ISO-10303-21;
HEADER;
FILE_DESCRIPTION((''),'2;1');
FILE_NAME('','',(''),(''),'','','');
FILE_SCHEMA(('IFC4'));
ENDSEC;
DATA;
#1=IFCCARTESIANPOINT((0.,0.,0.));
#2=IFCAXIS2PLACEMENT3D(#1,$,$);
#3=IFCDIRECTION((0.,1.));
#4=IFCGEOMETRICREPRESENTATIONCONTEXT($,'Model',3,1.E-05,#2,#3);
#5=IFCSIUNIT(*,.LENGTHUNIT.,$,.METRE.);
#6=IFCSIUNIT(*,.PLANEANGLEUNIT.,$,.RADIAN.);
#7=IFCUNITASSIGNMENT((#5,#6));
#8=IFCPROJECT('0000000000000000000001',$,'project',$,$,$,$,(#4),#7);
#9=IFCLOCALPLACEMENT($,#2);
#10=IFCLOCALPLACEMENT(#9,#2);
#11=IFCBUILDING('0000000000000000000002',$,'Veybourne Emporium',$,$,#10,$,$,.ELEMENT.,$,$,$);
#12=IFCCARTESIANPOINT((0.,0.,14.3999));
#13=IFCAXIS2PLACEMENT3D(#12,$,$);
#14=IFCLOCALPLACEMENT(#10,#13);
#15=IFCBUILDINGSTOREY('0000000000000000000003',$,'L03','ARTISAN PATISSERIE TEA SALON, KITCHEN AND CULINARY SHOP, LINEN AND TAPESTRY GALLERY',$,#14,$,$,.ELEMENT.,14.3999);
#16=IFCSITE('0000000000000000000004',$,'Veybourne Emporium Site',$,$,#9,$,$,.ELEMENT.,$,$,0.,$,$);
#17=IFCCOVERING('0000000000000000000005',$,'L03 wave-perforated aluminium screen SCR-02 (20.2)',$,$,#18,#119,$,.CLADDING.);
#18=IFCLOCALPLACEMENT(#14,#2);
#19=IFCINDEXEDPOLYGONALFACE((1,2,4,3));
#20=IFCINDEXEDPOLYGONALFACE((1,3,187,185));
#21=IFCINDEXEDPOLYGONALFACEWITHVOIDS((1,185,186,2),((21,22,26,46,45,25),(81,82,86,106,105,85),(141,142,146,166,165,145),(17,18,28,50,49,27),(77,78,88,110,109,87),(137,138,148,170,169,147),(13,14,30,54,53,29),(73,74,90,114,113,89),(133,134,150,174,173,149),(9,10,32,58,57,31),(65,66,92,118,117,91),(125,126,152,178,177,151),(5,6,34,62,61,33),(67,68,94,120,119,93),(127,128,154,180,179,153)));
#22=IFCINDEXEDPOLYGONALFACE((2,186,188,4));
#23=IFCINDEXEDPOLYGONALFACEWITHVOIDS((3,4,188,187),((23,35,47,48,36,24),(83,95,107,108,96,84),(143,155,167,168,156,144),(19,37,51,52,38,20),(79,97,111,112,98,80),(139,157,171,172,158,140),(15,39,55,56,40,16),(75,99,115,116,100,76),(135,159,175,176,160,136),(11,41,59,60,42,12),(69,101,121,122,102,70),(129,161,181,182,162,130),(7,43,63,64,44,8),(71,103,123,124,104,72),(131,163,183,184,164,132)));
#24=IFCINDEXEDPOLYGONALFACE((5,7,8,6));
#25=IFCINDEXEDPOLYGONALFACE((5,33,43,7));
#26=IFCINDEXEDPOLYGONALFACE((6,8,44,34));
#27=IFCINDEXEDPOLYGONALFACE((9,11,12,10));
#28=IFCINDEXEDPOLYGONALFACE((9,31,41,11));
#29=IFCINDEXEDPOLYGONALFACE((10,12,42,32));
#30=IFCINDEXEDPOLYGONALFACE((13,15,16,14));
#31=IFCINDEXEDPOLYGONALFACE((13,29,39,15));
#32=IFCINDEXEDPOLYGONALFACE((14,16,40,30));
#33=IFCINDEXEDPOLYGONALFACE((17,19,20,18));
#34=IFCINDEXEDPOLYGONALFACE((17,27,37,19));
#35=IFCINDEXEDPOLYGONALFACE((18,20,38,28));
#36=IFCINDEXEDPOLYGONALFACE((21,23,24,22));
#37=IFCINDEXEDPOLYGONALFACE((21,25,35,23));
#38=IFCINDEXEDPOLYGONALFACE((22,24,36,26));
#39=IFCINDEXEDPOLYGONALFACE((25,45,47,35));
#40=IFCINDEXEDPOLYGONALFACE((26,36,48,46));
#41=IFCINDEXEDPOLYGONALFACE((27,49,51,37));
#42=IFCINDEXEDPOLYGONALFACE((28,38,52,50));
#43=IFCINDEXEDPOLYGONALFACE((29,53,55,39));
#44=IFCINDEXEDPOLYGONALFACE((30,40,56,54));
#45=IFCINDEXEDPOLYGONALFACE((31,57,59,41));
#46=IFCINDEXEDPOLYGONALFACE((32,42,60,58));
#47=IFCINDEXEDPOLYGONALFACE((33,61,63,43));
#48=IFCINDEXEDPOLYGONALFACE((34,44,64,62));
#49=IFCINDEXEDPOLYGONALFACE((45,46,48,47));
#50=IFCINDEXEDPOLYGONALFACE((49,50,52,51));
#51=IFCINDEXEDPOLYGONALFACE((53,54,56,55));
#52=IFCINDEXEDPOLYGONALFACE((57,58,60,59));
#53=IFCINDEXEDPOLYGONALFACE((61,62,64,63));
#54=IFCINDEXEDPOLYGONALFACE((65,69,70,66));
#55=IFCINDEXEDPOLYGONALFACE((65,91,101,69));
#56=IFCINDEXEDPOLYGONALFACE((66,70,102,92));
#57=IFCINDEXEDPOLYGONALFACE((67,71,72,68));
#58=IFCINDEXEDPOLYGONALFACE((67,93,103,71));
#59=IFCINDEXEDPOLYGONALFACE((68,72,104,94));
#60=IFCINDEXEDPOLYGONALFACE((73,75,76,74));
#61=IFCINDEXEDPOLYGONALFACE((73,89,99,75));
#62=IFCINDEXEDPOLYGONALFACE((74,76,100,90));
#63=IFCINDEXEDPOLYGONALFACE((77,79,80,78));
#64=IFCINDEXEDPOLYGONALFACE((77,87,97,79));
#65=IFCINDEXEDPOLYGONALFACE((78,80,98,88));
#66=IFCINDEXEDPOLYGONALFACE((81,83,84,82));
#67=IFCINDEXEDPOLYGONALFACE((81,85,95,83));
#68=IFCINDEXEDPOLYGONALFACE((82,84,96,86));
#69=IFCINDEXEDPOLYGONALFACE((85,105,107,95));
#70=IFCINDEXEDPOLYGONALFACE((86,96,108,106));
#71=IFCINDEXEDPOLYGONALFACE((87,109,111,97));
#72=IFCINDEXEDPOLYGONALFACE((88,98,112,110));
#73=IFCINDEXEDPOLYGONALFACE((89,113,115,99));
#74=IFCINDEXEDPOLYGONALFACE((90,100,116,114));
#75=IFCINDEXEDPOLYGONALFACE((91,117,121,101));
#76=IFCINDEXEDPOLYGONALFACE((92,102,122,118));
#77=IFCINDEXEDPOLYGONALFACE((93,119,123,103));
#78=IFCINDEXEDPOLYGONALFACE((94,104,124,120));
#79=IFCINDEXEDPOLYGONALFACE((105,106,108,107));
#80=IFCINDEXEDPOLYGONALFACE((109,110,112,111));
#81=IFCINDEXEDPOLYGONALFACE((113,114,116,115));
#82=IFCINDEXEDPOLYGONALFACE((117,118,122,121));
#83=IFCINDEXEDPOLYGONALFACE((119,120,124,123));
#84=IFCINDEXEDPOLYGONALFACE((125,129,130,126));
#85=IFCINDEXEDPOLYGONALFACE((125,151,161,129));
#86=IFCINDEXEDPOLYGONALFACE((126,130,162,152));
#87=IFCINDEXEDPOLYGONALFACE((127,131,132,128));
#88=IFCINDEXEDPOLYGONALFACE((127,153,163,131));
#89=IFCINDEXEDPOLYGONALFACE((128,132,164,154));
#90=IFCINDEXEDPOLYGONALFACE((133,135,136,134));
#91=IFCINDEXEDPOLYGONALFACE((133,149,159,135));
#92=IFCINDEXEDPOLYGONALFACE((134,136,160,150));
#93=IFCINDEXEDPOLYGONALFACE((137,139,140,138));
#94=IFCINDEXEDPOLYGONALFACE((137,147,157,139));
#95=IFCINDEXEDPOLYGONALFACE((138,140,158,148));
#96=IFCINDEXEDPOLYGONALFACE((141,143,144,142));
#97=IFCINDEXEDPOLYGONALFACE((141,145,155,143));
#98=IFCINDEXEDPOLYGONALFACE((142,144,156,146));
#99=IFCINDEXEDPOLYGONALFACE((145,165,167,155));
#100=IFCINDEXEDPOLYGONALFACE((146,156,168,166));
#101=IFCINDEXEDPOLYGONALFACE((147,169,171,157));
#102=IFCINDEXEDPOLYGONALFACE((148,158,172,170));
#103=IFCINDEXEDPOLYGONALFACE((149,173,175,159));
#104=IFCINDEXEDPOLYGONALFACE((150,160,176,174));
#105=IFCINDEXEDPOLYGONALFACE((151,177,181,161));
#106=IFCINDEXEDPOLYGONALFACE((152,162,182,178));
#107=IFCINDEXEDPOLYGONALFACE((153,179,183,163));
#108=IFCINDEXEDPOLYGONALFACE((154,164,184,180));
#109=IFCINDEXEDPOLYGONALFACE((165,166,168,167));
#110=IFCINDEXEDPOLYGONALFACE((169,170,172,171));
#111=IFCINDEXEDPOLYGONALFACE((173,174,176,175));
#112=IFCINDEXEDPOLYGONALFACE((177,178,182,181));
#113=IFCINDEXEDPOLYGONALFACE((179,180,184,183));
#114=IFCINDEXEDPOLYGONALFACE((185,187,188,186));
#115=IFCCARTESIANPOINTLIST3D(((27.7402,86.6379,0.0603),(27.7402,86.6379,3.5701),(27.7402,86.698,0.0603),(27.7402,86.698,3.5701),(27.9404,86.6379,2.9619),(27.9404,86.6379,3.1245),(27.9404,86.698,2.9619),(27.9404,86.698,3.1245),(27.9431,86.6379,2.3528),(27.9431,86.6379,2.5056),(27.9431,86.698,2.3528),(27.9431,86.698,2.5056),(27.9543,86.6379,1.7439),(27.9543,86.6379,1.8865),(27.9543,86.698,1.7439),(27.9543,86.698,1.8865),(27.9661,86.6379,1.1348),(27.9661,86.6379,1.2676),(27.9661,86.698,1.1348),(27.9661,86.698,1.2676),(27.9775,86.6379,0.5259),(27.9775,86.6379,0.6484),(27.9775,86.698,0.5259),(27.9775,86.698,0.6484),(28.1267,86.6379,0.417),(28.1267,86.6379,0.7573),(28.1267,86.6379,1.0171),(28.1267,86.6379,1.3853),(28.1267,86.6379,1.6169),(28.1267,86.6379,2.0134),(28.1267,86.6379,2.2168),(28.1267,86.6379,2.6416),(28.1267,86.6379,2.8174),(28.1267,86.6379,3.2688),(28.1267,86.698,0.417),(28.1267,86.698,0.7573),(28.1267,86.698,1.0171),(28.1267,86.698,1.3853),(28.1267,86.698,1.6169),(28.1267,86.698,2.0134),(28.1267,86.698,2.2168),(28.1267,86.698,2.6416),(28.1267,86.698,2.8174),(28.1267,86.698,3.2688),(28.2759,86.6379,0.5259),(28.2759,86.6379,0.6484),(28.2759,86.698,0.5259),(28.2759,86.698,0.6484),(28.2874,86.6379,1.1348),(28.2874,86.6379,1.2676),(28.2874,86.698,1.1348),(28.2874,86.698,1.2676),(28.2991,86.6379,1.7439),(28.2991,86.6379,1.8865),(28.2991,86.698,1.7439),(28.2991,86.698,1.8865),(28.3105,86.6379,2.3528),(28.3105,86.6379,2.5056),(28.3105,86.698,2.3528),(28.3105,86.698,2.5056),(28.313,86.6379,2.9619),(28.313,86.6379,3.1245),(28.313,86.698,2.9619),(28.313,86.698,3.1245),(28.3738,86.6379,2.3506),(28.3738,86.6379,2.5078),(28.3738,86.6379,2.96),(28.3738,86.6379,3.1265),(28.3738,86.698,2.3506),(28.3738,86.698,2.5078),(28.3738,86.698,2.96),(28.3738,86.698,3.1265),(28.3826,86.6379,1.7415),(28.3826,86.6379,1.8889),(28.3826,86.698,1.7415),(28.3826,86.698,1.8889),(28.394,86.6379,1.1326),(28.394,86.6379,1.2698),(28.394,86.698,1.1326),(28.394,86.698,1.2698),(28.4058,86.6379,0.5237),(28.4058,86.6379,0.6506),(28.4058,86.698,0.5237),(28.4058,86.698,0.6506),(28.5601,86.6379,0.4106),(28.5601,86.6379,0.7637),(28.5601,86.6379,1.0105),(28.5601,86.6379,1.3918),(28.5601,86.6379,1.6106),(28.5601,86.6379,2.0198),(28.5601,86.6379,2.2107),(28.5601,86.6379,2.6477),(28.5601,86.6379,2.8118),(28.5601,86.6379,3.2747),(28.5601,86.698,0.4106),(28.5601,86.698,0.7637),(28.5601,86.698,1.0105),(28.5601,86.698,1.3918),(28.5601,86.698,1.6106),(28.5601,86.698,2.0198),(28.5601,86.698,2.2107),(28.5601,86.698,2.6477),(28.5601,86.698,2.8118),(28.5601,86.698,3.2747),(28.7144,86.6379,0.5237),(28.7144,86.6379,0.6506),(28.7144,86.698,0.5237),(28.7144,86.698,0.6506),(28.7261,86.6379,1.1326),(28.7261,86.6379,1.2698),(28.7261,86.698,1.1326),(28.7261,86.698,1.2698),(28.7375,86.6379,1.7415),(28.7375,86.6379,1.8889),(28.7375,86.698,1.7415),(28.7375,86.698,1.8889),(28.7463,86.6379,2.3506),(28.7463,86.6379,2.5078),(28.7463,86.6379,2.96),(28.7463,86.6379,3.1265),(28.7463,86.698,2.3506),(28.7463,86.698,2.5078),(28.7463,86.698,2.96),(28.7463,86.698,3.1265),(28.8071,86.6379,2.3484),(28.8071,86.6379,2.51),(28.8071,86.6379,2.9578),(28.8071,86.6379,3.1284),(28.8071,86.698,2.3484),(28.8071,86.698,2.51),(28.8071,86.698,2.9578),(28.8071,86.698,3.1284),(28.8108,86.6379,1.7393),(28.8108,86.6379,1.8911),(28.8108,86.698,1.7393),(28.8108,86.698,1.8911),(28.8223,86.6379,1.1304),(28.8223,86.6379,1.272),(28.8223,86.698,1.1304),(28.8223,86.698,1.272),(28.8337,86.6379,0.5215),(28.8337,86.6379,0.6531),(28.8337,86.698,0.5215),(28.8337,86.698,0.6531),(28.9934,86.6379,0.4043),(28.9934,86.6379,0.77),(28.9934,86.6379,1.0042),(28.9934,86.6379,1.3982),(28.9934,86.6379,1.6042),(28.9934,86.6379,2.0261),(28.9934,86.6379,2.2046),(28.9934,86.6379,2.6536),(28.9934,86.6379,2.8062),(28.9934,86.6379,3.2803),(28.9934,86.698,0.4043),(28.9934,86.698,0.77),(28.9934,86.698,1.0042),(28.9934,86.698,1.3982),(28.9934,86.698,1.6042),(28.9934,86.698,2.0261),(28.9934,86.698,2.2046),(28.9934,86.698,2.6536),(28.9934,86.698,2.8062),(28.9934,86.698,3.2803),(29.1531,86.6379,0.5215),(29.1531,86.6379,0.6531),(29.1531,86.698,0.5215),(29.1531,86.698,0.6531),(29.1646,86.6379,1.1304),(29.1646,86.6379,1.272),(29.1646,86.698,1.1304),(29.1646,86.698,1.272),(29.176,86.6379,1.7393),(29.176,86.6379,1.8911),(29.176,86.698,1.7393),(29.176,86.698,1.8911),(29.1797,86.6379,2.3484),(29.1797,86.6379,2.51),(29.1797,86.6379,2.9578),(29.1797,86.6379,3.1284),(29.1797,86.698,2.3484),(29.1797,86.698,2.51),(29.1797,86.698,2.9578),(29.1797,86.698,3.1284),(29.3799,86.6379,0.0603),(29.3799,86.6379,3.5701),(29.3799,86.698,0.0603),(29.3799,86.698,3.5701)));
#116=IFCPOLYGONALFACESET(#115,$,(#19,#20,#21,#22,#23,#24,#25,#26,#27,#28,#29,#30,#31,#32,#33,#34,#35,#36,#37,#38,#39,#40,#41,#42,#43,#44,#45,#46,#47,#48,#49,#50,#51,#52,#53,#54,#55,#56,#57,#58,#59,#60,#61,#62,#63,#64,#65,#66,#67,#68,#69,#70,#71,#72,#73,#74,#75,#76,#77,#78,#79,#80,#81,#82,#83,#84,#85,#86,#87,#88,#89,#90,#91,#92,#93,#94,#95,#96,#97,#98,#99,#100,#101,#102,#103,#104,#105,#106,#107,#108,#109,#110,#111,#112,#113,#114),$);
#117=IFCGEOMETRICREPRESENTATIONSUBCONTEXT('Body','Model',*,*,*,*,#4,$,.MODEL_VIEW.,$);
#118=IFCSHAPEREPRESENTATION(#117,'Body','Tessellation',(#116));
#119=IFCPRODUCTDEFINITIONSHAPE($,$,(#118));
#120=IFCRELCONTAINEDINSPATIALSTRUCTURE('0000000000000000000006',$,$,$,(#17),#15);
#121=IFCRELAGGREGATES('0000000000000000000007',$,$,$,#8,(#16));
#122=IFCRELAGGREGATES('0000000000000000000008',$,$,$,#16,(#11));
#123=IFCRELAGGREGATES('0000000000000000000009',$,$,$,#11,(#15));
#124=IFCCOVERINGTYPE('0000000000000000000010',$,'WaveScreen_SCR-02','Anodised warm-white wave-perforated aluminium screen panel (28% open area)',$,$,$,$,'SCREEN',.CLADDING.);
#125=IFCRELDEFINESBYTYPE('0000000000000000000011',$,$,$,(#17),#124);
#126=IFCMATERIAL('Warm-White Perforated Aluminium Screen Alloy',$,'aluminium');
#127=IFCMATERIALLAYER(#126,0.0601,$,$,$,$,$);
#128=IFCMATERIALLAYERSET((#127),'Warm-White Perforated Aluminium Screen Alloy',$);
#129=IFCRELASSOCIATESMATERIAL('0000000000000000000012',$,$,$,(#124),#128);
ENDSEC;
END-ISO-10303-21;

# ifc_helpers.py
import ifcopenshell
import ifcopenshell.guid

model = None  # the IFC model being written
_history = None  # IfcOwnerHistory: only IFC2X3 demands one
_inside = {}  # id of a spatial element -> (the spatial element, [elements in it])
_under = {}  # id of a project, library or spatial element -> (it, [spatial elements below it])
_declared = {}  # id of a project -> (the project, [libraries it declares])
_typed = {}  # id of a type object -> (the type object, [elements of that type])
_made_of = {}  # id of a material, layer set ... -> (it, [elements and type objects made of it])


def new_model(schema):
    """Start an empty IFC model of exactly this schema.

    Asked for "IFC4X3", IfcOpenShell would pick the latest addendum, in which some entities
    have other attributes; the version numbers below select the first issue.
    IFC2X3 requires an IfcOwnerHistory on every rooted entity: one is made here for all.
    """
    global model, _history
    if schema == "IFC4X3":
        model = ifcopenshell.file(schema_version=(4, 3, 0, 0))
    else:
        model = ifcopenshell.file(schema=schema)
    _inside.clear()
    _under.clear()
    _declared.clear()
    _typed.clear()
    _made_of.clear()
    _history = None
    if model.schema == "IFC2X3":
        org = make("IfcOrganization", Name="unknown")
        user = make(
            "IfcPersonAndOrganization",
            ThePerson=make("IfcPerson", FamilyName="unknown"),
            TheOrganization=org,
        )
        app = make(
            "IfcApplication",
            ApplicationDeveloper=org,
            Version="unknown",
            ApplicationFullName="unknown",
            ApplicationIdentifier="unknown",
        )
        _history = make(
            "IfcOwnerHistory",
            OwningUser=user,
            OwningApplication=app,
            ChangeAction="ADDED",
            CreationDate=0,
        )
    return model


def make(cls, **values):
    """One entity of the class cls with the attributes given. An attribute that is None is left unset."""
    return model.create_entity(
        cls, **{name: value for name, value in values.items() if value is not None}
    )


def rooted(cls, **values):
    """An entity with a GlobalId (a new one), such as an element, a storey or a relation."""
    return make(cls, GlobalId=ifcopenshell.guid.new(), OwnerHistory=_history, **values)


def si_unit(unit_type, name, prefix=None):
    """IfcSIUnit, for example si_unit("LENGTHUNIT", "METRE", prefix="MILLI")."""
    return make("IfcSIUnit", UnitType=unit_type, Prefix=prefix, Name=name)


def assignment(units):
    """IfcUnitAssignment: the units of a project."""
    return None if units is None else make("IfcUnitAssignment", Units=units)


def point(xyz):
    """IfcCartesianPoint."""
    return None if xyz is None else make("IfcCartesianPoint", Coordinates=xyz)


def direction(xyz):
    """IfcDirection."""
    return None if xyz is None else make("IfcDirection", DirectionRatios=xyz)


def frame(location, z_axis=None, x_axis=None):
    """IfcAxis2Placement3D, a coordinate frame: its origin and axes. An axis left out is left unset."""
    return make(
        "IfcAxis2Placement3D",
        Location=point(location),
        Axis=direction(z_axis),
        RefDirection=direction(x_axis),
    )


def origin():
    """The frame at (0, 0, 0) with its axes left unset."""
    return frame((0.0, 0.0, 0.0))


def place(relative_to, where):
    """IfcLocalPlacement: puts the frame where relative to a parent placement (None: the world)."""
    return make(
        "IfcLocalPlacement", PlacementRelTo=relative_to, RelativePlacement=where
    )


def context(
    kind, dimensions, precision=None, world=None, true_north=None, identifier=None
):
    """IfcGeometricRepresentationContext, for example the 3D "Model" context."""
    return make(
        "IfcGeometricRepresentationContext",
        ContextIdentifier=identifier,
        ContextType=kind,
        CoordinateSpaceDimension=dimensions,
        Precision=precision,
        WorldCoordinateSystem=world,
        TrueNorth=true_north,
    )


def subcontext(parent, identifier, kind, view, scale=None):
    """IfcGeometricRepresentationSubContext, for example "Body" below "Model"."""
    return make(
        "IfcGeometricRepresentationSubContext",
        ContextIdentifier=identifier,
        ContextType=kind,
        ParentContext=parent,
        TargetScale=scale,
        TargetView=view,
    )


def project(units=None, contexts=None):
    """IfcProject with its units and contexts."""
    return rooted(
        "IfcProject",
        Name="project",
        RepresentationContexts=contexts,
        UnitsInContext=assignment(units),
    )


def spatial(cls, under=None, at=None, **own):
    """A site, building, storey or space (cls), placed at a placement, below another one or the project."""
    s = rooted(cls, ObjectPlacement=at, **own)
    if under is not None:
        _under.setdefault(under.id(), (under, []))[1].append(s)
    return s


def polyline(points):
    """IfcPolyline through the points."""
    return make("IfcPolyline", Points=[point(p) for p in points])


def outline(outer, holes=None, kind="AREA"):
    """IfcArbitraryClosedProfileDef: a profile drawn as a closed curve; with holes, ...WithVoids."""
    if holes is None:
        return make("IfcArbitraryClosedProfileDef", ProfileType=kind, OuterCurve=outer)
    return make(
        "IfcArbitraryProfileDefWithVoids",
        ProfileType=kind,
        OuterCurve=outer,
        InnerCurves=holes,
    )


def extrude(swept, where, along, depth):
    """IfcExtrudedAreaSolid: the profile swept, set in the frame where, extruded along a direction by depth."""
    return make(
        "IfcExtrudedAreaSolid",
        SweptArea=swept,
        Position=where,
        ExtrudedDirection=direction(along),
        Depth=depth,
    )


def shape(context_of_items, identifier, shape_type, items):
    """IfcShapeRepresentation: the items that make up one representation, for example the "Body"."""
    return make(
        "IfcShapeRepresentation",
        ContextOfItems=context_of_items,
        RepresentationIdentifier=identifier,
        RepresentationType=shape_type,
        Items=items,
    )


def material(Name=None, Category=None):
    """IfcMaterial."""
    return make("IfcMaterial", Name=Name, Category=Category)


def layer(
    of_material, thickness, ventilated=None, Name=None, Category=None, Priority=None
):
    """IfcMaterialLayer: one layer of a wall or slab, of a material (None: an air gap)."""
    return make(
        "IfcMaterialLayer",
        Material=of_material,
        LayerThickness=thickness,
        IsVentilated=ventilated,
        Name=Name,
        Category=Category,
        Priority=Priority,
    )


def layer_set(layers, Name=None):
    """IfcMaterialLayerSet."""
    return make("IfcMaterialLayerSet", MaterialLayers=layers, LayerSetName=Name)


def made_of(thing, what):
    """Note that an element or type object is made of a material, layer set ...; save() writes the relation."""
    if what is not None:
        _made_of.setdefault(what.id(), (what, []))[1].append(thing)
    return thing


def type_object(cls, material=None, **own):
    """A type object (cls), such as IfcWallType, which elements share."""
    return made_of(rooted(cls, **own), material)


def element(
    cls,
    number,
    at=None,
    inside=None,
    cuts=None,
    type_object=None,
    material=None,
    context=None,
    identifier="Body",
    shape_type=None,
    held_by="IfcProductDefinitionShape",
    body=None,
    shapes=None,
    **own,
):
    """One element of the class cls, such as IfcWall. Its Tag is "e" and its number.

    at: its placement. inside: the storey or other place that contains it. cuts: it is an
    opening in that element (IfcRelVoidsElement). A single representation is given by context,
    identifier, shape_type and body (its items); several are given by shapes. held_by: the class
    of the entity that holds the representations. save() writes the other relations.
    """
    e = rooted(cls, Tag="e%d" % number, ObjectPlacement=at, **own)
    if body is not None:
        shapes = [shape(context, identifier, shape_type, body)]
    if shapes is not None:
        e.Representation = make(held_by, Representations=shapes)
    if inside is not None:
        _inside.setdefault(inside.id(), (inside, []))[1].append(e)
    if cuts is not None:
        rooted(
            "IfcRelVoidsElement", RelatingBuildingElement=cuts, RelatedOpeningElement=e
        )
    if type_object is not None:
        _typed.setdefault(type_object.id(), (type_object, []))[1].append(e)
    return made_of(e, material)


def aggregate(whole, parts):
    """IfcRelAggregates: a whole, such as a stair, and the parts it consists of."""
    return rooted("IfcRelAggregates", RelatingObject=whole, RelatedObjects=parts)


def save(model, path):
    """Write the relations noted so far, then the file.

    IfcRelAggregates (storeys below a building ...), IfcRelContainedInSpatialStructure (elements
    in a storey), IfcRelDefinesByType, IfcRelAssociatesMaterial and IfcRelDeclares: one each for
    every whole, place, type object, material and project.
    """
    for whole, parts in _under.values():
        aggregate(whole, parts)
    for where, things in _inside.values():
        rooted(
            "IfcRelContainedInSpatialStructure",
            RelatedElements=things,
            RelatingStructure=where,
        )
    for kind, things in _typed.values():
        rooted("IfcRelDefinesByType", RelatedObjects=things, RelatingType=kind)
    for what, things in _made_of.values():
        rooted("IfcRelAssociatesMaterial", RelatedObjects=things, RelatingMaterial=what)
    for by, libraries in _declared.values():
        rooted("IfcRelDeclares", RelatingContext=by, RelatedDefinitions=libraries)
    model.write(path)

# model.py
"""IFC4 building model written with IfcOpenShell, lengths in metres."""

from ifc_helpers import new_model, si_unit, direction, frame, origin, place, context, subcontext, project, spatial, polyline, outline, extrude, material, layer, layer_set, type_object, element, save


model = new_model("IFC4")

# Units and contexts
model_context = context("Model", 3, precision=1e-05, world=origin(), true_north=direction((0.0, 1.0)))
body_context = subcontext(model_context, "Body", "Model", "MODEL_VIEW")
ifc_project = project(units=[si_unit("LENGTHUNIT", "METRE"), si_unit("PLANEANGLEUNIT", "RADIAN")], contexts=[model_context])

# Site, building, storey
site_placement = place(None, origin())
site = spatial("IfcSite", under=ifc_project, at=site_placement, Name="Veybourne Emporium Site", CompositionType="ELEMENT", RefElevation=0.0)
building_placement = place(site_placement, origin())
building = spatial("IfcBuilding", under=site, at=building_placement, Name="Veybourne Emporium", CompositionType="ELEMENT")
storey_placement = place(building_placement, frame((0.0, 0.0, 14.3999)))
storey = spatial("IfcBuildingStorey", under=building, at=storey_placement, Name="L03", Description="ARTISAN PATISSERIE TEA SALON, KITCHEN AND CULINARY SHOP, LINEN AND TAPESTRY GALLERY", CompositionType="ELEMENT", Elevation=14.3999)

# Covering
ifc_material_1 = material(Name="Warm-White Perforated Aluminium Screen Alloy", Category="aluminium")
ifc_layer_1 = layer(ifc_material_1, 0.0601)
ifc_layer_set_1 = layer_set([ifc_layer_1], Name="Warm-White Perforated Aluminium Screen Alloy")
covering_type_1 = type_object("IfcCoveringType", Name="WaveScreen_SCR-02", Description="Anodised warm-white wave-perforated aluminium screen panel (28% open area)", ElementType="SCREEN", PredefinedType="CLADDING", material=ifc_layer_set_1)
covering_1_placement = place(storey_placement, frame((28.5601, 86.698, 1.8152), z_axis=(0.0, -1.0, 0.0), x_axis=(1.0, 0.0, 0.0)))
element("IfcCovering", 1, at=covering_1_placement, inside=storey, type_object=covering_type_1, Name="L03 wave-perforated aluminium screen SCR-02 (20.2)", PredefinedType="CLADDING", context=body_context, shape_type="SweptSolid", body=[
    extrude(outline(polyline([(-0.8198, -1.7549), (0.8198, -1.7549), (0.8198, 1.7549), (-0.8198, 1.7549), (-0.8198, -1.7549)]), holes=[polyline([(-0.4333, -1.0579), (-0.2842, -1.1667), (-0.2842, -1.2893), (-0.4333, -1.3982), (-0.5825, -1.2893), (-0.5825, -1.1667), (-0.4333, -1.0579)]), polyline([(-0.4333, -0.4299), (-0.2727, -0.5476), (-0.2727, -0.6804), (-0.4333, -0.7981), (-0.594, -0.6804), (-0.594, -0.5476), (-0.4333, -0.4299)]), polyline([(-0.4333, 0.1982), (-0.261, 0.0713), (-0.261, -0.0713), (-0.4333, -0.1982), (-0.6057, -0.0713), (-0.6057, 0.0713), (-0.4333, 0.1982)]), polyline([(-0.4333, 0.8264), (-0.2495, 0.6904), (-0.2495, 0.5376), (-0.4333, 0.4016), (-0.6169, 0.5376), (-0.6169, 0.6904), (-0.4333, 0.8264)]), polyline([(-0.4333, 1.4536), (-0.2471, 1.3093), (-0.2471, 1.1467), (-0.4333, 1.0022), (-0.6196, 1.1467), (-0.6196, 1.3093), (-0.4333, 1.4536)]), polyline([(0.0, -1.0515), (0.1543, -1.1646), (0.1543, -1.2915), (0.0, -1.4045), (-0.1543, -1.2915), (-0.1543, -1.1646), (0.0, -1.0515)]), polyline([(0.0, -0.4233), (0.166, -0.5454), (0.166, -0.6826), (0.0, -0.8047), (-0.166, -0.6826), (-0.166, -0.5454), (0.0, -0.4233)]), polyline([(0.0, 0.2046), (0.1775, 0.0737), (0.1775, -0.0737), (0.0, -0.2046), (-0.1775, -0.0737), (-0.1775, 0.0737), (0.0, 0.2046)]), polyline([(0.0, 0.8325), (0.1863, 0.6926), (0.1863, 0.5354), (0.0, 0.3955), (-0.1863, 0.5354), (-0.1863, 0.6926), (0.0, 0.8325)]), polyline([(0.0, 1.4595), (0.1863, 1.3113), (0.1863, 1.1448), (0.0, 0.9966), (-0.1863, 1.1448), (-0.1863, 1.3113), (0.0, 1.4595)]), polyline([(0.4333, -1.0452), (0.593, -1.1621), (0.593, -1.2937), (0.4333, -1.4109), (0.2737, -1.2937), (0.2737, -1.1621), (0.4333, -1.0452)]), polyline([(0.4333, -0.417), (0.6045, -0.5432), (0.6045, -0.6848), (0.4333, -0.811), (0.2622, -0.6848), (0.2622, -0.5432), (0.4333, -0.417)]), polyline([(0.4333, 0.2109), (0.616, 0.0759), (0.616, -0.0759), (0.4333, -0.2109), (0.2507, -0.0759), (0.2507, 0.0759), (0.4333, 0.2109)]), polyline([(0.4333, 0.8384), (0.6196, 0.6948), (0.6196, 0.5332), (0.4333, 0.3894), (0.2471, 0.5332), (0.2471, 0.6948), (0.4333, 0.8384)]), polyline([(0.4333, 1.4651), (0.6196, 1.3132), (0.6196, 1.1426), (0.4333, 0.991), (0.2471, 1.1426), (0.2471, 1.3132), (0.4333, 1.4651)])]), origin(), (0.0, 0.0, 1.0), 0.0601),
])

save(model, "model.ifc")
